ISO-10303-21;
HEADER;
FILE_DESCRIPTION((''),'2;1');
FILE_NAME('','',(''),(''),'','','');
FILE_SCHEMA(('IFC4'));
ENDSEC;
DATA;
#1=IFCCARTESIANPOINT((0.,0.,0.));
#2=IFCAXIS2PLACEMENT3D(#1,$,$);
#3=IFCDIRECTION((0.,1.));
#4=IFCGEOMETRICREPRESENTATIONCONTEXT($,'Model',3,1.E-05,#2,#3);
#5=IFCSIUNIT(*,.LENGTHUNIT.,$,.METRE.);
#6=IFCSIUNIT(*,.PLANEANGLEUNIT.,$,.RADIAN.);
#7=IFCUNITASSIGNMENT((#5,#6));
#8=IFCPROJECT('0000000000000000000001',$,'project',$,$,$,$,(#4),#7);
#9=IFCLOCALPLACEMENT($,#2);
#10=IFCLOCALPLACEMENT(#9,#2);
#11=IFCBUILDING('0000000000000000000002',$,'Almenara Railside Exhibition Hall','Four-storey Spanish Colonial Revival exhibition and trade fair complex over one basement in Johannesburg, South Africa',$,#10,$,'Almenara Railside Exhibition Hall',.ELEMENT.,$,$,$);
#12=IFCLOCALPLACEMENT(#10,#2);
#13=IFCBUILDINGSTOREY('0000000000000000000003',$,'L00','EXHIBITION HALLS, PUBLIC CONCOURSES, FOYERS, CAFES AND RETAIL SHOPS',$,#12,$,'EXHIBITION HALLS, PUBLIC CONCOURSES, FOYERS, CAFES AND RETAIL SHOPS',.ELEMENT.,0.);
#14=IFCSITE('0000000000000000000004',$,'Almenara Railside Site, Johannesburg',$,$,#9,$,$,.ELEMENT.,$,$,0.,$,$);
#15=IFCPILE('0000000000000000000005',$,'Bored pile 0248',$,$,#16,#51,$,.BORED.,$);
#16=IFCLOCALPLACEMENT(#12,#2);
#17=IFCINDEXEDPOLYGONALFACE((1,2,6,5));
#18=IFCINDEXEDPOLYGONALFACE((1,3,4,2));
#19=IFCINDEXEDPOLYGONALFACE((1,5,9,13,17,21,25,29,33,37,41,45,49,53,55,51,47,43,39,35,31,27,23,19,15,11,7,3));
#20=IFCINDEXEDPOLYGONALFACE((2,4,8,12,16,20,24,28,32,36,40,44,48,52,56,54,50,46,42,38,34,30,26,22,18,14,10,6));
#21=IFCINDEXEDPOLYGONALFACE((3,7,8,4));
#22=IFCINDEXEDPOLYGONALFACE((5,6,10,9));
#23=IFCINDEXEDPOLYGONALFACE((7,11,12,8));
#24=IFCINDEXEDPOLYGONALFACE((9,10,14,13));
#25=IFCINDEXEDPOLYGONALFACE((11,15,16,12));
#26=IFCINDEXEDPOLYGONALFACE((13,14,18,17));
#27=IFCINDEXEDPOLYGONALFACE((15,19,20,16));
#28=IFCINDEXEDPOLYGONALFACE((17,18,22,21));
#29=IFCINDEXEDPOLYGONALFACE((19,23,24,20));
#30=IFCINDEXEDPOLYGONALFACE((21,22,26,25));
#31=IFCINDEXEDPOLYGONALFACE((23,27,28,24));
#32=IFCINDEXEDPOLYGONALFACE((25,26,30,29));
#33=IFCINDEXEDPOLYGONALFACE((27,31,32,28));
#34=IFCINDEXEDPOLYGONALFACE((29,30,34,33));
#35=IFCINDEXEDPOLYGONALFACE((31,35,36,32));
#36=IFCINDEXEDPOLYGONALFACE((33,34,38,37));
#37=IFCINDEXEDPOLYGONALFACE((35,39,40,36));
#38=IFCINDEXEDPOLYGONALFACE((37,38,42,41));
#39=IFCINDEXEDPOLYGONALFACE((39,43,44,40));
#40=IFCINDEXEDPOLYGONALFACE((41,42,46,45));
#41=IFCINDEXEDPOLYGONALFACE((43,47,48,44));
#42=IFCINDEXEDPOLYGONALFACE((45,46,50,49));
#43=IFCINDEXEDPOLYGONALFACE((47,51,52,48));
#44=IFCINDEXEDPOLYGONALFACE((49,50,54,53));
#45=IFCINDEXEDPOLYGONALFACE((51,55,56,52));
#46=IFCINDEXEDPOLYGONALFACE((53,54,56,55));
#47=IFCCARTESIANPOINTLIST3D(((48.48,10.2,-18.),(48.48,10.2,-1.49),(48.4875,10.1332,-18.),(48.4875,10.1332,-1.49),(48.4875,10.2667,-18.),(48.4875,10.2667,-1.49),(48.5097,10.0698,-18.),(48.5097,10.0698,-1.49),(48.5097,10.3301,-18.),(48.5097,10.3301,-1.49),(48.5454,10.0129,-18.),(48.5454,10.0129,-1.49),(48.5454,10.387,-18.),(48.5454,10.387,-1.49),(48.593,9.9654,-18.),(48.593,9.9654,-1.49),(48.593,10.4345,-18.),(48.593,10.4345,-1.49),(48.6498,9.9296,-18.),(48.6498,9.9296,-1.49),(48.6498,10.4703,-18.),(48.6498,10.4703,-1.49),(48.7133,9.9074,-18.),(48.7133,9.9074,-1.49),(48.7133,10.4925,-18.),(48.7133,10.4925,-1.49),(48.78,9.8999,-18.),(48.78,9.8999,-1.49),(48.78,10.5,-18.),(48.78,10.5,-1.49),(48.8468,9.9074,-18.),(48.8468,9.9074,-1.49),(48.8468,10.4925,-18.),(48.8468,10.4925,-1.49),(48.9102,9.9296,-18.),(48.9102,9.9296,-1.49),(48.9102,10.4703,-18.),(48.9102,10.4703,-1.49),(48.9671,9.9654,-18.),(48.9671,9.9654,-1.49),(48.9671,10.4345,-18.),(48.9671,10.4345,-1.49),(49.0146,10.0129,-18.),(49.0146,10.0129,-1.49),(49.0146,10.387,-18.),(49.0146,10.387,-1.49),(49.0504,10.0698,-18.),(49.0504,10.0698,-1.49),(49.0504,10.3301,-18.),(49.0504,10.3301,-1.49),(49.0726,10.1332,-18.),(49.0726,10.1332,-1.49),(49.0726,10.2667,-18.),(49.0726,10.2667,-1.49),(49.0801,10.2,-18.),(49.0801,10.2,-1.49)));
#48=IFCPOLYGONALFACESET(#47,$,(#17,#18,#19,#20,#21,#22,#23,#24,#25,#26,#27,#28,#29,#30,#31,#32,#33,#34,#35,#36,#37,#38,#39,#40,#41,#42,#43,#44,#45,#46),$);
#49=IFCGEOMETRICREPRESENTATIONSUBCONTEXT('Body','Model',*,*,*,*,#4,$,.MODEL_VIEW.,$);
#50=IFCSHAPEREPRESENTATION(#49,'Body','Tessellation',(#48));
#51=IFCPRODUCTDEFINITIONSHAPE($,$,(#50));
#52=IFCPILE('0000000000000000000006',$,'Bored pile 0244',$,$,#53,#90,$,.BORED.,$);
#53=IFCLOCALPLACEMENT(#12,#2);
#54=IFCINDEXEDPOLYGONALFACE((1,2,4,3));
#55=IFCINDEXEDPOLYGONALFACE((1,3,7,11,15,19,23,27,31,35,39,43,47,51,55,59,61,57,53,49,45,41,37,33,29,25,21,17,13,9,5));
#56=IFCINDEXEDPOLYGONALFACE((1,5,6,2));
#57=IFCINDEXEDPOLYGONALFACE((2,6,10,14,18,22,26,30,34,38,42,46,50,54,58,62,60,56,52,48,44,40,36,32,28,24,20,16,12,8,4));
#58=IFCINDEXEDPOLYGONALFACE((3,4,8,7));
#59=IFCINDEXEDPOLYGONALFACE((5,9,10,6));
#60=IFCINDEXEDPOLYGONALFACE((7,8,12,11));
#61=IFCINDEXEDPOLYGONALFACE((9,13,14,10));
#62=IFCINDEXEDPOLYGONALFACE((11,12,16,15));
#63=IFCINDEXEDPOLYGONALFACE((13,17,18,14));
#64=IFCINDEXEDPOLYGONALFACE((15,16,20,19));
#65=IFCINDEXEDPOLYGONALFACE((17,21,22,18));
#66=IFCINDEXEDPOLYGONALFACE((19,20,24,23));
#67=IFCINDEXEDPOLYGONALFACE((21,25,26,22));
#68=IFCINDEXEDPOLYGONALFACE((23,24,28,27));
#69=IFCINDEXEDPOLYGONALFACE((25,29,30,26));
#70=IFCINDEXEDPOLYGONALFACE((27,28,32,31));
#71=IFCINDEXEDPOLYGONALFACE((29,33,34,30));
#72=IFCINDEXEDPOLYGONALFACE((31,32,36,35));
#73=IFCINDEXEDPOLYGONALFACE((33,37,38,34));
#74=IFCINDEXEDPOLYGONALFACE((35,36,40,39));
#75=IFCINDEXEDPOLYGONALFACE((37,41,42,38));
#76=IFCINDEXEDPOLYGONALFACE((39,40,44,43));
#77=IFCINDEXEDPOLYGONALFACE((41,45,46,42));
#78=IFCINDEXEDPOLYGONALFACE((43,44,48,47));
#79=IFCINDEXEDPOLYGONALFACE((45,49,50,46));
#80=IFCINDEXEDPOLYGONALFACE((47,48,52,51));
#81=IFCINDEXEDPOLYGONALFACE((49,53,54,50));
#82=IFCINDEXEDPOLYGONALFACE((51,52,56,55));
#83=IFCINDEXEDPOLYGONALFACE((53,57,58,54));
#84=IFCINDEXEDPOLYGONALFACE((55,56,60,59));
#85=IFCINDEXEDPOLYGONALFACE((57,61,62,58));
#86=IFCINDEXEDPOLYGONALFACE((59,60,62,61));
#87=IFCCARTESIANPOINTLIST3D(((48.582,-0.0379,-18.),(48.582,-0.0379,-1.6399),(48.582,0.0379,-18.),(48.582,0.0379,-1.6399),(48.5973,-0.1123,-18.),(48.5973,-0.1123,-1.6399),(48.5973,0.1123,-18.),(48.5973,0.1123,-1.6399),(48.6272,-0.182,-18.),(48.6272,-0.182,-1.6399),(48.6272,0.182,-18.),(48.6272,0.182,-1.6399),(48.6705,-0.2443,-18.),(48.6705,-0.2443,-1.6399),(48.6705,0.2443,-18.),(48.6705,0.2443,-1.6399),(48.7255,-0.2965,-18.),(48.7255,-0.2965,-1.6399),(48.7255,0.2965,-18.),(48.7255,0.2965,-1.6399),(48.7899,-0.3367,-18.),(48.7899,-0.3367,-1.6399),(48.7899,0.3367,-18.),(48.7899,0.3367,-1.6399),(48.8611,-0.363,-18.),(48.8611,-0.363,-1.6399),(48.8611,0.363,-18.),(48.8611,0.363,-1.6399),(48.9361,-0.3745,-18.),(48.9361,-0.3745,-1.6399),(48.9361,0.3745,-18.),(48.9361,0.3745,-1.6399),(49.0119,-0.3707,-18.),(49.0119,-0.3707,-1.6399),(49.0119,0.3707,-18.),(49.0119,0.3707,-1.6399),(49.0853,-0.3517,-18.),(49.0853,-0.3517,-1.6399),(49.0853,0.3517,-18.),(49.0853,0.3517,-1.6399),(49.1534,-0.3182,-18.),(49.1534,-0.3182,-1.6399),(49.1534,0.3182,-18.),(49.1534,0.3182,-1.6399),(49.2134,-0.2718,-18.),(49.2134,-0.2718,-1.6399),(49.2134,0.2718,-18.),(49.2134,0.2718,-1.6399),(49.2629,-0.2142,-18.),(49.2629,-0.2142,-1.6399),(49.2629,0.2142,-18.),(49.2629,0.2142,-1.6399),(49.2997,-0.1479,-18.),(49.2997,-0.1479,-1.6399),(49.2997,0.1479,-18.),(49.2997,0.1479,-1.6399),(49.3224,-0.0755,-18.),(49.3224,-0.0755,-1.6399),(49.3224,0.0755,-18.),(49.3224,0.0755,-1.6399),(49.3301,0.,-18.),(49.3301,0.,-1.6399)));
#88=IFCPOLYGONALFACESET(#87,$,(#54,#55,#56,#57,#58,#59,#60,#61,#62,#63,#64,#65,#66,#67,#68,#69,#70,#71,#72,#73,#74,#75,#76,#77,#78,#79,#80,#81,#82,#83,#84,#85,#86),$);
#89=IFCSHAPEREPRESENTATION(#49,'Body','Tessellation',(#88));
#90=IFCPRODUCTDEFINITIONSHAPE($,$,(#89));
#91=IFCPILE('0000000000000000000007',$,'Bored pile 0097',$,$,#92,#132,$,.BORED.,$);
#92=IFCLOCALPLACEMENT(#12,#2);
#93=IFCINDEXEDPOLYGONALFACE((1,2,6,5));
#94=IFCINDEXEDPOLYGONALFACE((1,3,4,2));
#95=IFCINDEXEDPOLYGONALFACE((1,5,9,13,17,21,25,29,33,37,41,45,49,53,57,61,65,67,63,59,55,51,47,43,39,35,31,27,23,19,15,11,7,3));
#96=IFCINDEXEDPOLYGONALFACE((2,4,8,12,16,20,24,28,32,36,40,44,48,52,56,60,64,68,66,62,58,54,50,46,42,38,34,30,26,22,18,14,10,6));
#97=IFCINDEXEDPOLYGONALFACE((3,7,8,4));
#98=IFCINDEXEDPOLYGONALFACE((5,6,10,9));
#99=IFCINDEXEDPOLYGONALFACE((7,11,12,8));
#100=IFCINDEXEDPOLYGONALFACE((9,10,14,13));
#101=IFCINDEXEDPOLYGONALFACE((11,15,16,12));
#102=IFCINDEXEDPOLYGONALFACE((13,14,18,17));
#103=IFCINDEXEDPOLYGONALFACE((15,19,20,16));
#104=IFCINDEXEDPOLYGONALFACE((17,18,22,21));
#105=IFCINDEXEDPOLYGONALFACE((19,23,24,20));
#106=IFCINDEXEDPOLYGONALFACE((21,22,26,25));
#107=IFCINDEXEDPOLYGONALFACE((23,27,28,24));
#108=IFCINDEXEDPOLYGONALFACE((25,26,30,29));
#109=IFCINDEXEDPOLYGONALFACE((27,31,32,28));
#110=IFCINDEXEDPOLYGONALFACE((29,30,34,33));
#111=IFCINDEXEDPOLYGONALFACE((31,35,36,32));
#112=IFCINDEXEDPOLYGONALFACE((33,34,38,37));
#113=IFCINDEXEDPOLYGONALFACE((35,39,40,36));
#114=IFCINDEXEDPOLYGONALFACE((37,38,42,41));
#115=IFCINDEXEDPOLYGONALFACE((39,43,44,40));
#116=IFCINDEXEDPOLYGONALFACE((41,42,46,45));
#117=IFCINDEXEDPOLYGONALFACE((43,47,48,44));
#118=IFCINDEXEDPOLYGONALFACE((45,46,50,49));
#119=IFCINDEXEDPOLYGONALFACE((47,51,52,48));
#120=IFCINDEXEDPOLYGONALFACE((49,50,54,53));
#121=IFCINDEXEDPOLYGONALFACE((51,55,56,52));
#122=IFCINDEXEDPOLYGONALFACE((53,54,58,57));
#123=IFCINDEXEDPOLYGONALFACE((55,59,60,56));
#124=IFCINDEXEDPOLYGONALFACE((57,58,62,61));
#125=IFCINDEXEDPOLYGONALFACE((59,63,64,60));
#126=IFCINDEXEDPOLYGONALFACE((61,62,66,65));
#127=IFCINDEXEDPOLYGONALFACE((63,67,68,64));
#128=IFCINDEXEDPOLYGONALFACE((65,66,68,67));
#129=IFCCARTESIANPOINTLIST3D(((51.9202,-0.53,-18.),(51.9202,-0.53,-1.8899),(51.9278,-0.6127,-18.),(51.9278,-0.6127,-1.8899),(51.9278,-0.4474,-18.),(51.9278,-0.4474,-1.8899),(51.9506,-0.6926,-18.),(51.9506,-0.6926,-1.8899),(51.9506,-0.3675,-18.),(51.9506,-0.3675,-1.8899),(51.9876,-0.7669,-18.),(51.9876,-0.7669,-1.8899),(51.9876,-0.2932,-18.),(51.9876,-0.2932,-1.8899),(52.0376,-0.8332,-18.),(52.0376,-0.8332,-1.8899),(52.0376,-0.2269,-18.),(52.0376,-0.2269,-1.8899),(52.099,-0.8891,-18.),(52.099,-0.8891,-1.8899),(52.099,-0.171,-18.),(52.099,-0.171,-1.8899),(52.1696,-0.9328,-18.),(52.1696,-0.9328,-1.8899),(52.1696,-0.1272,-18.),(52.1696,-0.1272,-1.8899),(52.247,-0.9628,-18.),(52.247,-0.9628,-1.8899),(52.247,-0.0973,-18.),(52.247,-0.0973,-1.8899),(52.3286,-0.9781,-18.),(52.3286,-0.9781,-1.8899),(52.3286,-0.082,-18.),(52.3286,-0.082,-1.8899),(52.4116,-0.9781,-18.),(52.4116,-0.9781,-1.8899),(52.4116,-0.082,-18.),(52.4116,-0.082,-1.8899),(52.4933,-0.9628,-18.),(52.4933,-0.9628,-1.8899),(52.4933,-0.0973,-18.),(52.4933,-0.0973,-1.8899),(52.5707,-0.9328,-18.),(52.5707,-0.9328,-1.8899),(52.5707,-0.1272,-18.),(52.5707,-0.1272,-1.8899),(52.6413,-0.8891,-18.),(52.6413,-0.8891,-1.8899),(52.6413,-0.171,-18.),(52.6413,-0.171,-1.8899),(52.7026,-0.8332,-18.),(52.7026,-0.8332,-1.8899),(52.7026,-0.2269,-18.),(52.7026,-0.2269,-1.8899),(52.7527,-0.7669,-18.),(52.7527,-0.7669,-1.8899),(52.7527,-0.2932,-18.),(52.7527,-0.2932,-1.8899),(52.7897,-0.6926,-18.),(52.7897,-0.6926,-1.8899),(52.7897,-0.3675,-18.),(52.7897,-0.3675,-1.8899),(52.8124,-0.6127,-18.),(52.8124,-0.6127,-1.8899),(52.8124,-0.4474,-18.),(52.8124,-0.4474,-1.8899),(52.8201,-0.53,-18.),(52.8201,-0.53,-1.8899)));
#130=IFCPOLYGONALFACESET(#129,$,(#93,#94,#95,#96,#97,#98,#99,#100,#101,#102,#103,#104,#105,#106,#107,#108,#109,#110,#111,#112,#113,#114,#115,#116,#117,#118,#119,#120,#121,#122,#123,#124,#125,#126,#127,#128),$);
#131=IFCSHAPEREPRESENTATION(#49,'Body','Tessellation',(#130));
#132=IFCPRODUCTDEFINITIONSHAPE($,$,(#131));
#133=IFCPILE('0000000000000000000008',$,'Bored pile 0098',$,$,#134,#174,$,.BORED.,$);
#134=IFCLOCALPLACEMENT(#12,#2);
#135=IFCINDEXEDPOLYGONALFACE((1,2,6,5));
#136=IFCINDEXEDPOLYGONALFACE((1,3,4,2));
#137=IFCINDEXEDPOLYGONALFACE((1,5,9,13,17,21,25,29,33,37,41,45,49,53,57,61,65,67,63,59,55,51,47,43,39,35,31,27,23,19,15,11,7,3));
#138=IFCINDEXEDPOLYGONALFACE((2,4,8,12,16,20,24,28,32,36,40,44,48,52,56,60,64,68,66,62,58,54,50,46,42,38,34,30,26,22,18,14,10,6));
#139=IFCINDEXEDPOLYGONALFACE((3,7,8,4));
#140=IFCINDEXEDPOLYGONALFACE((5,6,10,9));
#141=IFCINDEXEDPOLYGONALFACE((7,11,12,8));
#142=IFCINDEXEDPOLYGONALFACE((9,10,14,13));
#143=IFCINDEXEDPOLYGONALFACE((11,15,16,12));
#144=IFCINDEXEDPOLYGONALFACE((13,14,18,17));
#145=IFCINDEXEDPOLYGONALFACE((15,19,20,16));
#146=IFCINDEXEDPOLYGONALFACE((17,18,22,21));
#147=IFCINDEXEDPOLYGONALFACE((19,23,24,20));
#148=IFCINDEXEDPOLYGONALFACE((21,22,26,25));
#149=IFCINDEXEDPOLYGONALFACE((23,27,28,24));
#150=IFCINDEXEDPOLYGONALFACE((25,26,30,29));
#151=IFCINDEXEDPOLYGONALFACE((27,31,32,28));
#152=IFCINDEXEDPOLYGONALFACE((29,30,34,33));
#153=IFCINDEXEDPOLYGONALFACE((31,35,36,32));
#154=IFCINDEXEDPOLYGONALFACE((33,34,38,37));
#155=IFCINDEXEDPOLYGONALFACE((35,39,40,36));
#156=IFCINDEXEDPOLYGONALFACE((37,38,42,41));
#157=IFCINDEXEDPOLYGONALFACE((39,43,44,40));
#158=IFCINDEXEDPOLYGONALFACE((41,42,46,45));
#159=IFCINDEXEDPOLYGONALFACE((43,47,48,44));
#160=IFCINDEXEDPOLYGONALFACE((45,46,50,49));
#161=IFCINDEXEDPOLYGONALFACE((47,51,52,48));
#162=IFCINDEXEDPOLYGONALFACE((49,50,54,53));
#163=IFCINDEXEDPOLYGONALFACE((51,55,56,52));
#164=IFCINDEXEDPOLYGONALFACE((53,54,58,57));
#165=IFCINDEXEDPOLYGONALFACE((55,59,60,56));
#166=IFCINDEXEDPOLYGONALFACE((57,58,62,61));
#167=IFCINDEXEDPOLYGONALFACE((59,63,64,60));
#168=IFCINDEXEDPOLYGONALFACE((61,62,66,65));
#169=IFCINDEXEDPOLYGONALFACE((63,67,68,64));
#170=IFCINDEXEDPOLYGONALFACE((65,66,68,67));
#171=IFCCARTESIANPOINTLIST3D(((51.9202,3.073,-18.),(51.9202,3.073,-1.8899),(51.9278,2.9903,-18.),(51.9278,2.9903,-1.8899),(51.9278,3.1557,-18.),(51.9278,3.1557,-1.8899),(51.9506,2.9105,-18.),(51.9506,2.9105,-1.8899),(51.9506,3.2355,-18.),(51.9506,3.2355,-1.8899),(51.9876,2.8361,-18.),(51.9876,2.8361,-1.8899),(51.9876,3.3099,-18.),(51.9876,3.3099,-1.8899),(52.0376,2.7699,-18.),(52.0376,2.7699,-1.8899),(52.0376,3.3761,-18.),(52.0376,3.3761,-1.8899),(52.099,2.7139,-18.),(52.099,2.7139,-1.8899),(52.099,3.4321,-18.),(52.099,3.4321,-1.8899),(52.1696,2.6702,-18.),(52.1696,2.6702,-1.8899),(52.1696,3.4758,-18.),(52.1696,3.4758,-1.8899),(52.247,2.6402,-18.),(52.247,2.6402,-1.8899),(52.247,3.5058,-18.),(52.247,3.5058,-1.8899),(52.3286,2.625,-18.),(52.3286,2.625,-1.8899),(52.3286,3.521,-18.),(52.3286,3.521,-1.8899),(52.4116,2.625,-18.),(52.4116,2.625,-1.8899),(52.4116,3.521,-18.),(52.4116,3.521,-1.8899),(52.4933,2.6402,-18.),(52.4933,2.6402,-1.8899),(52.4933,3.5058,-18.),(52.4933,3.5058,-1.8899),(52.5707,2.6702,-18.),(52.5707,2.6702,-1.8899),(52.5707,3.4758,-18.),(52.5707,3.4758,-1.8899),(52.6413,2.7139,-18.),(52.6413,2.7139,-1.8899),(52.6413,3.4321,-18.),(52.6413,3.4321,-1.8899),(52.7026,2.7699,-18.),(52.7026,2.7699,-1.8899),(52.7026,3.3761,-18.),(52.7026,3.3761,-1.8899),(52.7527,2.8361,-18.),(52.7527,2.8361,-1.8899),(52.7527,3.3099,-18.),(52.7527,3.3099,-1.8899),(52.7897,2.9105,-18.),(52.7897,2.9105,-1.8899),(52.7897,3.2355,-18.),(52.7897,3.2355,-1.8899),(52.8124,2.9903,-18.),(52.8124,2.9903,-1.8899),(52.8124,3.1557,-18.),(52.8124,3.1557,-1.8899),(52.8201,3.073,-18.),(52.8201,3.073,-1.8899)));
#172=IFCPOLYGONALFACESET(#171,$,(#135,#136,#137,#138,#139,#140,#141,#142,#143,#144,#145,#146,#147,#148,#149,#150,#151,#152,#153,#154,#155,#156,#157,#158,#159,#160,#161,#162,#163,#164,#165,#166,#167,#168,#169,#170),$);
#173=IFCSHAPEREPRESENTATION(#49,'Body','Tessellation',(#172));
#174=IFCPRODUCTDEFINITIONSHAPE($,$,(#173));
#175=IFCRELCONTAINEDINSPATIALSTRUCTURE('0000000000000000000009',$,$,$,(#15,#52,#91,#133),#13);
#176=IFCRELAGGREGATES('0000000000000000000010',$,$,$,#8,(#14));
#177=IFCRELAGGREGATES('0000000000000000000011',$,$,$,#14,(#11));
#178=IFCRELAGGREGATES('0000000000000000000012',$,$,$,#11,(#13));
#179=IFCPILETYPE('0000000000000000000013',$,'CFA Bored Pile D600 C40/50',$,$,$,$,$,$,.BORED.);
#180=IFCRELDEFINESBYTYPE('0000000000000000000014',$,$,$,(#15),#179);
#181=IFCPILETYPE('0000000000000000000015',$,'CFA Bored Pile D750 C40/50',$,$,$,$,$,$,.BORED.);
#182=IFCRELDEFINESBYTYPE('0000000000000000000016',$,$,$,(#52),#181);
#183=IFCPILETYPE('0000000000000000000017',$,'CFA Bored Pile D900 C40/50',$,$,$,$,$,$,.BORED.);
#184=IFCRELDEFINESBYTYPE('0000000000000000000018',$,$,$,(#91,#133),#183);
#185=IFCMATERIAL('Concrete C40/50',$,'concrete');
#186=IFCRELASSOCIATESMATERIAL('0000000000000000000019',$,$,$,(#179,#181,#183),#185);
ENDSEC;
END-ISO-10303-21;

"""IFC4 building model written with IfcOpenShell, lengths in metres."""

from ifc_helpers import new_model, si_unit, direction, frame, origin, origin_2d, place, context, subcontext, project, spatial, circle, extrude, material, material_profile, profile_set, type_object, element, save


model = new_model("IFC4")

# Units and contexts
model_context = context("Model", 3, precision=1e-05, world=origin(), true_north=direction((0.0, 1.0)))
body_context = subcontext(model_context, "Body", "Model", "MODEL_VIEW")
ifc_project = project(units=[si_unit("LENGTHUNIT", "METRE"), si_unit("PLANEANGLEUNIT", "RADIAN")], contexts=[model_context])

# Site, building, storey
site_placement = place(None, origin())
site = spatial("IfcSite", under=ifc_project, at=site_placement, Name="Almenara Railside Site, Johannesburg", CompositionType="ELEMENT", RefElevation=0.0)
building_placement = place(site_placement, origin())
building = spatial("IfcBuilding", under=site, at=building_placement, Name="Almenara Railside Exhibition Hall", Description="Four-storey Spanish Colonial Revival exhibition and trade fair complex over one basement in Johannesburg, South Africa", LongName="Almenara Railside Exhibition Hall", CompositionType="ELEMENT")
storey_placement = place(building_placement, origin())
storey = spatial("IfcBuildingStorey", under=building, at=storey_placement, Name="L00", Description="EXHIBITION HALLS, PUBLIC CONCOURSES, FOYERS, CAFES AND RETAIL SHOPS", LongName="EXHIBITION HALLS, PUBLIC CONCOURSES, FOYERS, CAFES AND RETAIL SHOPS", CompositionType="ELEMENT", Elevation=0.0)

# Piles
ifc_material_1 = material(Name="Concrete C40/50", Category="concrete")
ifc_material_profile_1 = material_profile(ifc_material_1, circle(Radius=0.3, at=origin_2d()), Name="CFA-PILE D600")
ifc_profile_set_1 = profile_set([ifc_material_profile_1], Name="Concrete C40/50")
pile_type_1 = type_object("IfcPileType", Name="CFA Bored Pile D600 C40/50", PredefinedType="BORED", material=ifc_profile_set_1)
pile_1_placement = place(storey_placement, frame((48.78, 10.2, -1.49), z_axis=(0.0, 0.0, -1.0), x_axis=(1.0, 0.0, 0.0)))
element("IfcPile", 1, at=pile_1_placement, inside=storey, type_object=pile_type_1, Name="Bored pile 0248", PredefinedType="BORED", context=body_context, shape_type="SweptSolid", body=[
    extrude(circle(Radius=0.3, at=origin_2d()), origin(), (0.0, 0.0, 1.0), 16.51),
])
ifc_material_profile_2 = material_profile(ifc_material_1, circle(Radius=0.375, at=origin_2d()), Name="CFA-PILE D750")
ifc_profile_set_2 = profile_set([ifc_material_profile_2], Name="Concrete C40/50")
pile_type_2 = type_object("IfcPileType", Name="CFA Bored Pile D750 C40/50", PredefinedType="BORED", material=ifc_profile_set_2)
pile_2_placement = place(storey_placement, frame((48.9551, 0.0, -1.6399), z_axis=(0.0, 0.0, -1.0), x_axis=(1.0, 0.0, 0.0)))
element("IfcPile", 2, at=pile_2_placement, inside=storey, type_object=pile_type_2, Name="Bored pile 0244", PredefinedType="BORED", context=body_context, shape_type="SweptSolid", body=[
    extrude(circle(Radius=0.375, at=origin_2d()), origin(), (0.0, 0.0, 1.0), 16.3601),
])
ifc_material_profile_3 = material_profile(ifc_material_1, circle(Radius=0.45, at=origin_2d()), Name="CFA-PILE D900")
ifc_profile_set_3 = profile_set([ifc_material_profile_3], Name="Concrete C40/50")
pile_type_3 = type_object("IfcPileType", Name="CFA Bored Pile D900 C40/50", PredefinedType="BORED", material=ifc_profile_set_3)
for number, where, z_axis, x_axis, name in (
    (3, (52.3701, -0.53, -1.8899), (0.0, 0.0, -1.0), (1.0, 0.0, 0.0), "Bored pile 0097"),
    (4, (52.3701, 3.073, -1.8899), (0.0, 0.0, -1.0), (1.0, 0.0, 0.0), "Bored pile 0098"),
):
    element("IfcPile", number, at=place(storey_placement, frame(where, z_axis=z_axis, x_axis=x_axis)), inside=storey, type_object=pile_type_3, Name=name, PredefinedType="BORED", context=body_context, shape_type="SweptSolid", body=[
        extrude(circle(Radius=0.45, at=origin_2d()), origin(), (0.0, 0.0, 1.0), 16.1101),
    ])

save(model, "model.ifc")
